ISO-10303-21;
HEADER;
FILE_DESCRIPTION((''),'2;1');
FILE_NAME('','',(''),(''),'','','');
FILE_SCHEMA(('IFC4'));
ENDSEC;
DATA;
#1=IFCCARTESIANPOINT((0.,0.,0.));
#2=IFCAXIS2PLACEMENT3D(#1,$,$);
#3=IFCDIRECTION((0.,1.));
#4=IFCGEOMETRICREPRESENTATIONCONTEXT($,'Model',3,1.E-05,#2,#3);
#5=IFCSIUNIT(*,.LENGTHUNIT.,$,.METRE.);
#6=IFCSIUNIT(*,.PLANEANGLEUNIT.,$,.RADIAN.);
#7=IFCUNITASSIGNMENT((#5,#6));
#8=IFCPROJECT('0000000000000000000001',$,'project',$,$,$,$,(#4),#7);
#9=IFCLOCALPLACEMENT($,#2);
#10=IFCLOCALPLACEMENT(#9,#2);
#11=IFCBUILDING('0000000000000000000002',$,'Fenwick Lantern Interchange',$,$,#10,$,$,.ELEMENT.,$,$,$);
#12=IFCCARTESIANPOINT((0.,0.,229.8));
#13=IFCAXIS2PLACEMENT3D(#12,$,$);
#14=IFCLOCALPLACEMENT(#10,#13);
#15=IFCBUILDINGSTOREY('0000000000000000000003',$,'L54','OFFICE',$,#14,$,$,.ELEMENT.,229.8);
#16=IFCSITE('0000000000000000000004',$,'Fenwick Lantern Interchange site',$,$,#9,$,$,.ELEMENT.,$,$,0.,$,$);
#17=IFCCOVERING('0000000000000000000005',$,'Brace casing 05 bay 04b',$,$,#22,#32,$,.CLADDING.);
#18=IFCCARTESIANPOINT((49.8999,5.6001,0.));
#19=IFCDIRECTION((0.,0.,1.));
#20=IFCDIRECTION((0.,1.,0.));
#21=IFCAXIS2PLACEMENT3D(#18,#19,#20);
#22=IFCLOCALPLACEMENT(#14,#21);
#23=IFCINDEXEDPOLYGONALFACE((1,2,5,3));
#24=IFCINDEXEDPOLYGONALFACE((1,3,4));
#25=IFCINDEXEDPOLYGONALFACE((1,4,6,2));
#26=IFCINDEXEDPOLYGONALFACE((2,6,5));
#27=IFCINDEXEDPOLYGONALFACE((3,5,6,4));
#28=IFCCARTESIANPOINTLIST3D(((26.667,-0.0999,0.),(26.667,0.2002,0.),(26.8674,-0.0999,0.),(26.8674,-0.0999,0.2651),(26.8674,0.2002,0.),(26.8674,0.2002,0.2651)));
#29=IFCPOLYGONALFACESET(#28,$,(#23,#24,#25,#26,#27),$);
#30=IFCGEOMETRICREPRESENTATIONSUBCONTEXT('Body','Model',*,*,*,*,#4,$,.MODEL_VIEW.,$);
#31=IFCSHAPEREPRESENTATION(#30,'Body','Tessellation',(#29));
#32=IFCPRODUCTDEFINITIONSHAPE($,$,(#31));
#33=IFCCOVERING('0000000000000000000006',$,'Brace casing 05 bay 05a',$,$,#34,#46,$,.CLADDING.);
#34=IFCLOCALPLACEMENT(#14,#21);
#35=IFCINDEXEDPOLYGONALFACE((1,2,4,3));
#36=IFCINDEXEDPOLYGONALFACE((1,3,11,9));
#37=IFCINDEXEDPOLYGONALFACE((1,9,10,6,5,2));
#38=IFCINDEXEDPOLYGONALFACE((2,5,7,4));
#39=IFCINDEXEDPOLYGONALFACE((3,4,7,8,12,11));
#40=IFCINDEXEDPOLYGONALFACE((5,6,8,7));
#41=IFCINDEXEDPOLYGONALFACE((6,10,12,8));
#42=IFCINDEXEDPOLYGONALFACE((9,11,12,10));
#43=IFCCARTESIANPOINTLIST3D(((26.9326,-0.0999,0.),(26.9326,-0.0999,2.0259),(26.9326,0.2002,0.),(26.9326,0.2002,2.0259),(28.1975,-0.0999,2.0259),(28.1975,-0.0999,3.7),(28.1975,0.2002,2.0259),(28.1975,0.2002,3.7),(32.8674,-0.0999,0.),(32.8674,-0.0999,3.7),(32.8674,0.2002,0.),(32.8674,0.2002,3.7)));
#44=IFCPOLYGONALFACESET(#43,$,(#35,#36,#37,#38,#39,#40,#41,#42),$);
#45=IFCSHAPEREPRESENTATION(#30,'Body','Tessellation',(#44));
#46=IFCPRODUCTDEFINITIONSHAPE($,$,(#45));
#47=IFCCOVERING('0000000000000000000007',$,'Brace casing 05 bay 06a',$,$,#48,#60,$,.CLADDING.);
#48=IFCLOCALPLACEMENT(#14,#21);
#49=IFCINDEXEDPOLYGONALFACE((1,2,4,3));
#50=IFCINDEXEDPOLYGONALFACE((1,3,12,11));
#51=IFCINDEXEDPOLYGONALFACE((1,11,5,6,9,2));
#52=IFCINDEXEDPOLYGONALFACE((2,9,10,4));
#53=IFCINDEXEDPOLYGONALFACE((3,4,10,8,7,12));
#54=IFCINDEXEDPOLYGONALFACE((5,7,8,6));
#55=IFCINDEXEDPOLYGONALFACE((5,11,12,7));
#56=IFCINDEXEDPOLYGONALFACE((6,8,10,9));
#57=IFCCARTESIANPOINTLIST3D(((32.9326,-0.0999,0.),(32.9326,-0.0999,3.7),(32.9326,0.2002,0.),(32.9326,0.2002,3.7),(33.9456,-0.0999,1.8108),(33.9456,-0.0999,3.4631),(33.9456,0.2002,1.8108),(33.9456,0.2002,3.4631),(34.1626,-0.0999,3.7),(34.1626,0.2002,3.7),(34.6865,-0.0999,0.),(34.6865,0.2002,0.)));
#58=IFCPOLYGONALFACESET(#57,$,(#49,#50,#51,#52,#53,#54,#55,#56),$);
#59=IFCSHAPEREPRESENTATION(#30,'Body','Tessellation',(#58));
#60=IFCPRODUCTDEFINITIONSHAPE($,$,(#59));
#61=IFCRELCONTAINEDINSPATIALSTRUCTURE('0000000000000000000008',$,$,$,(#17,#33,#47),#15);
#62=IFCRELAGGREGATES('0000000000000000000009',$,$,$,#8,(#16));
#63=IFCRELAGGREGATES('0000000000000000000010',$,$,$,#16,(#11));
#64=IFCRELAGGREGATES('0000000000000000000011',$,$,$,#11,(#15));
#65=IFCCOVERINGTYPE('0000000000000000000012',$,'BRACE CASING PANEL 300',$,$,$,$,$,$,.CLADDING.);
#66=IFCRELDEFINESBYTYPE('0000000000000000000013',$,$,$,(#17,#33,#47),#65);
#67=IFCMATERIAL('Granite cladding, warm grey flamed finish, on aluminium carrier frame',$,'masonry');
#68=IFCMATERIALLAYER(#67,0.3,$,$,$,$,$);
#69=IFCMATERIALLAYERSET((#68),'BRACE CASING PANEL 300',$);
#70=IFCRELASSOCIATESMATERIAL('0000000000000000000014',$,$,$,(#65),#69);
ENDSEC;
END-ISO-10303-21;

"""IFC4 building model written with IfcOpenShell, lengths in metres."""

from ifc_helpers import new_model, si_unit, direction, frame, origin, place, context, subcontext, project, spatial, polyline, outline, extrude, material, layer, layer_set, type_object, element, save


model = new_model("IFC4")

# Units and contexts
model_context = context("Model", 3, precision=1e-05, world=origin(), true_north=direction((0.0, 1.0)))
body_context = subcontext(model_context, "Body", "Model", "MODEL_VIEW")
ifc_project = project(units=[si_unit("LENGTHUNIT", "METRE"), si_unit("PLANEANGLEUNIT", "RADIAN")], contexts=[model_context])

# Site, building, storey
site_placement = place(None, origin())
site = spatial("IfcSite", under=ifc_project, at=site_placement, Name="Fenwick Lantern Interchange site", CompositionType="ELEMENT", RefElevation=0.0)
building_placement = place(site_placement, origin())
building = spatial("IfcBuilding", under=site, at=building_placement, Name="Fenwick Lantern Interchange", CompositionType="ELEMENT")
storey_placement = place(building_placement, frame((0.0, 0.0, 229.8)))
storey = spatial("IfcBuildingStorey", under=building, at=storey_placement, Name="L54", Description="OFFICE", CompositionType="ELEMENT", Elevation=229.8)

# Coverings
ifc_material_1 = material(Name="Granite cladding, warm grey flamed finish, on aluminium carrier frame", Category="masonry")
ifc_layer_1 = layer(ifc_material_1, 0.3)
ifc_layer_set_1 = layer_set([ifc_layer_1], Name="BRACE CASING PANEL 300")
covering_type = type_object("IfcCoveringType", Name="BRACE CASING PANEL 300", PredefinedType="CLADDING", material=ifc_layer_set_1)
covering_1_placement = place(storey_placement, frame((49.8999, 5.6001, 0.0), z_axis=(0.0, 0.0, 1.0), x_axis=(0.0, 1.0, 0.0)))
element("IfcCovering", 1, at=covering_1_placement, inside=storey, type_object=covering_type, Name="Brace casing 05 bay 04b", PredefinedType="CLADDING", context=body_context, shape_type="SweptSolid", body=[
    extrude(outline(polyline([(26.667, 0.0), (26.8674, 0.0), (26.8674, 0.2651), (26.667, 0.0)])), frame((0.0, 0.2002, 0.0), z_axis=(0.0, -1.0, 0.0), x_axis=(1.0, 0.0, 0.0)), (0.0, 0.0, 1.0), 0.3),
])
covering_2_placement = place(storey_placement, frame((49.8999, 5.6001, 0.0), z_axis=(0.0, 0.0, 1.0), x_axis=(0.0, 1.0, 0.0)))
element("IfcCovering", 2, at=covering_2_placement, inside=storey, type_object=covering_type, Name="Brace casing 05 bay 05a", PredefinedType="CLADDING", context=body_context, shape_type="SweptSolid", body=[
    extrude(outline(polyline([(26.9326, 0.0), (32.8674, 0.0), (32.8674, 3.7), (28.1975, 3.7), (28.1975, 2.0259), (26.9326, 2.0259), (26.9326, 0.0)])), frame((0.0, 0.2002, 0.0), z_axis=(0.0, -1.0, 0.0), x_axis=(1.0, 0.0, 0.0)), (0.0, 0.0, 1.0), 0.3),
])
covering_3_placement = place(storey_placement, frame((49.8999, 5.6001, 0.0), z_axis=(0.0, 0.0, 1.0), x_axis=(0.0, 1.0, 0.0)))
element("IfcCovering", 3, at=covering_3_placement, inside=storey, type_object=covering_type, Name="Brace casing 05 bay 06a", PredefinedType="CLADDING", context=body_context, shape_type="SweptSolid", body=[
    extrude(outline(polyline([(32.9326, 0.0), (34.6865, 0.0), (33.9456, 1.8108), (33.9456, 3.4631), (34.1626, 3.7), (32.9326, 3.7), (32.9326, 0.0)])), frame((0.0, 0.2002, 0.0), z_axis=(0.0, -1.0, 0.0), x_axis=(1.0, 0.0, 0.0)), (0.0, 0.0, 1.0), 0.3),
])

save(model, "model.ifc")
